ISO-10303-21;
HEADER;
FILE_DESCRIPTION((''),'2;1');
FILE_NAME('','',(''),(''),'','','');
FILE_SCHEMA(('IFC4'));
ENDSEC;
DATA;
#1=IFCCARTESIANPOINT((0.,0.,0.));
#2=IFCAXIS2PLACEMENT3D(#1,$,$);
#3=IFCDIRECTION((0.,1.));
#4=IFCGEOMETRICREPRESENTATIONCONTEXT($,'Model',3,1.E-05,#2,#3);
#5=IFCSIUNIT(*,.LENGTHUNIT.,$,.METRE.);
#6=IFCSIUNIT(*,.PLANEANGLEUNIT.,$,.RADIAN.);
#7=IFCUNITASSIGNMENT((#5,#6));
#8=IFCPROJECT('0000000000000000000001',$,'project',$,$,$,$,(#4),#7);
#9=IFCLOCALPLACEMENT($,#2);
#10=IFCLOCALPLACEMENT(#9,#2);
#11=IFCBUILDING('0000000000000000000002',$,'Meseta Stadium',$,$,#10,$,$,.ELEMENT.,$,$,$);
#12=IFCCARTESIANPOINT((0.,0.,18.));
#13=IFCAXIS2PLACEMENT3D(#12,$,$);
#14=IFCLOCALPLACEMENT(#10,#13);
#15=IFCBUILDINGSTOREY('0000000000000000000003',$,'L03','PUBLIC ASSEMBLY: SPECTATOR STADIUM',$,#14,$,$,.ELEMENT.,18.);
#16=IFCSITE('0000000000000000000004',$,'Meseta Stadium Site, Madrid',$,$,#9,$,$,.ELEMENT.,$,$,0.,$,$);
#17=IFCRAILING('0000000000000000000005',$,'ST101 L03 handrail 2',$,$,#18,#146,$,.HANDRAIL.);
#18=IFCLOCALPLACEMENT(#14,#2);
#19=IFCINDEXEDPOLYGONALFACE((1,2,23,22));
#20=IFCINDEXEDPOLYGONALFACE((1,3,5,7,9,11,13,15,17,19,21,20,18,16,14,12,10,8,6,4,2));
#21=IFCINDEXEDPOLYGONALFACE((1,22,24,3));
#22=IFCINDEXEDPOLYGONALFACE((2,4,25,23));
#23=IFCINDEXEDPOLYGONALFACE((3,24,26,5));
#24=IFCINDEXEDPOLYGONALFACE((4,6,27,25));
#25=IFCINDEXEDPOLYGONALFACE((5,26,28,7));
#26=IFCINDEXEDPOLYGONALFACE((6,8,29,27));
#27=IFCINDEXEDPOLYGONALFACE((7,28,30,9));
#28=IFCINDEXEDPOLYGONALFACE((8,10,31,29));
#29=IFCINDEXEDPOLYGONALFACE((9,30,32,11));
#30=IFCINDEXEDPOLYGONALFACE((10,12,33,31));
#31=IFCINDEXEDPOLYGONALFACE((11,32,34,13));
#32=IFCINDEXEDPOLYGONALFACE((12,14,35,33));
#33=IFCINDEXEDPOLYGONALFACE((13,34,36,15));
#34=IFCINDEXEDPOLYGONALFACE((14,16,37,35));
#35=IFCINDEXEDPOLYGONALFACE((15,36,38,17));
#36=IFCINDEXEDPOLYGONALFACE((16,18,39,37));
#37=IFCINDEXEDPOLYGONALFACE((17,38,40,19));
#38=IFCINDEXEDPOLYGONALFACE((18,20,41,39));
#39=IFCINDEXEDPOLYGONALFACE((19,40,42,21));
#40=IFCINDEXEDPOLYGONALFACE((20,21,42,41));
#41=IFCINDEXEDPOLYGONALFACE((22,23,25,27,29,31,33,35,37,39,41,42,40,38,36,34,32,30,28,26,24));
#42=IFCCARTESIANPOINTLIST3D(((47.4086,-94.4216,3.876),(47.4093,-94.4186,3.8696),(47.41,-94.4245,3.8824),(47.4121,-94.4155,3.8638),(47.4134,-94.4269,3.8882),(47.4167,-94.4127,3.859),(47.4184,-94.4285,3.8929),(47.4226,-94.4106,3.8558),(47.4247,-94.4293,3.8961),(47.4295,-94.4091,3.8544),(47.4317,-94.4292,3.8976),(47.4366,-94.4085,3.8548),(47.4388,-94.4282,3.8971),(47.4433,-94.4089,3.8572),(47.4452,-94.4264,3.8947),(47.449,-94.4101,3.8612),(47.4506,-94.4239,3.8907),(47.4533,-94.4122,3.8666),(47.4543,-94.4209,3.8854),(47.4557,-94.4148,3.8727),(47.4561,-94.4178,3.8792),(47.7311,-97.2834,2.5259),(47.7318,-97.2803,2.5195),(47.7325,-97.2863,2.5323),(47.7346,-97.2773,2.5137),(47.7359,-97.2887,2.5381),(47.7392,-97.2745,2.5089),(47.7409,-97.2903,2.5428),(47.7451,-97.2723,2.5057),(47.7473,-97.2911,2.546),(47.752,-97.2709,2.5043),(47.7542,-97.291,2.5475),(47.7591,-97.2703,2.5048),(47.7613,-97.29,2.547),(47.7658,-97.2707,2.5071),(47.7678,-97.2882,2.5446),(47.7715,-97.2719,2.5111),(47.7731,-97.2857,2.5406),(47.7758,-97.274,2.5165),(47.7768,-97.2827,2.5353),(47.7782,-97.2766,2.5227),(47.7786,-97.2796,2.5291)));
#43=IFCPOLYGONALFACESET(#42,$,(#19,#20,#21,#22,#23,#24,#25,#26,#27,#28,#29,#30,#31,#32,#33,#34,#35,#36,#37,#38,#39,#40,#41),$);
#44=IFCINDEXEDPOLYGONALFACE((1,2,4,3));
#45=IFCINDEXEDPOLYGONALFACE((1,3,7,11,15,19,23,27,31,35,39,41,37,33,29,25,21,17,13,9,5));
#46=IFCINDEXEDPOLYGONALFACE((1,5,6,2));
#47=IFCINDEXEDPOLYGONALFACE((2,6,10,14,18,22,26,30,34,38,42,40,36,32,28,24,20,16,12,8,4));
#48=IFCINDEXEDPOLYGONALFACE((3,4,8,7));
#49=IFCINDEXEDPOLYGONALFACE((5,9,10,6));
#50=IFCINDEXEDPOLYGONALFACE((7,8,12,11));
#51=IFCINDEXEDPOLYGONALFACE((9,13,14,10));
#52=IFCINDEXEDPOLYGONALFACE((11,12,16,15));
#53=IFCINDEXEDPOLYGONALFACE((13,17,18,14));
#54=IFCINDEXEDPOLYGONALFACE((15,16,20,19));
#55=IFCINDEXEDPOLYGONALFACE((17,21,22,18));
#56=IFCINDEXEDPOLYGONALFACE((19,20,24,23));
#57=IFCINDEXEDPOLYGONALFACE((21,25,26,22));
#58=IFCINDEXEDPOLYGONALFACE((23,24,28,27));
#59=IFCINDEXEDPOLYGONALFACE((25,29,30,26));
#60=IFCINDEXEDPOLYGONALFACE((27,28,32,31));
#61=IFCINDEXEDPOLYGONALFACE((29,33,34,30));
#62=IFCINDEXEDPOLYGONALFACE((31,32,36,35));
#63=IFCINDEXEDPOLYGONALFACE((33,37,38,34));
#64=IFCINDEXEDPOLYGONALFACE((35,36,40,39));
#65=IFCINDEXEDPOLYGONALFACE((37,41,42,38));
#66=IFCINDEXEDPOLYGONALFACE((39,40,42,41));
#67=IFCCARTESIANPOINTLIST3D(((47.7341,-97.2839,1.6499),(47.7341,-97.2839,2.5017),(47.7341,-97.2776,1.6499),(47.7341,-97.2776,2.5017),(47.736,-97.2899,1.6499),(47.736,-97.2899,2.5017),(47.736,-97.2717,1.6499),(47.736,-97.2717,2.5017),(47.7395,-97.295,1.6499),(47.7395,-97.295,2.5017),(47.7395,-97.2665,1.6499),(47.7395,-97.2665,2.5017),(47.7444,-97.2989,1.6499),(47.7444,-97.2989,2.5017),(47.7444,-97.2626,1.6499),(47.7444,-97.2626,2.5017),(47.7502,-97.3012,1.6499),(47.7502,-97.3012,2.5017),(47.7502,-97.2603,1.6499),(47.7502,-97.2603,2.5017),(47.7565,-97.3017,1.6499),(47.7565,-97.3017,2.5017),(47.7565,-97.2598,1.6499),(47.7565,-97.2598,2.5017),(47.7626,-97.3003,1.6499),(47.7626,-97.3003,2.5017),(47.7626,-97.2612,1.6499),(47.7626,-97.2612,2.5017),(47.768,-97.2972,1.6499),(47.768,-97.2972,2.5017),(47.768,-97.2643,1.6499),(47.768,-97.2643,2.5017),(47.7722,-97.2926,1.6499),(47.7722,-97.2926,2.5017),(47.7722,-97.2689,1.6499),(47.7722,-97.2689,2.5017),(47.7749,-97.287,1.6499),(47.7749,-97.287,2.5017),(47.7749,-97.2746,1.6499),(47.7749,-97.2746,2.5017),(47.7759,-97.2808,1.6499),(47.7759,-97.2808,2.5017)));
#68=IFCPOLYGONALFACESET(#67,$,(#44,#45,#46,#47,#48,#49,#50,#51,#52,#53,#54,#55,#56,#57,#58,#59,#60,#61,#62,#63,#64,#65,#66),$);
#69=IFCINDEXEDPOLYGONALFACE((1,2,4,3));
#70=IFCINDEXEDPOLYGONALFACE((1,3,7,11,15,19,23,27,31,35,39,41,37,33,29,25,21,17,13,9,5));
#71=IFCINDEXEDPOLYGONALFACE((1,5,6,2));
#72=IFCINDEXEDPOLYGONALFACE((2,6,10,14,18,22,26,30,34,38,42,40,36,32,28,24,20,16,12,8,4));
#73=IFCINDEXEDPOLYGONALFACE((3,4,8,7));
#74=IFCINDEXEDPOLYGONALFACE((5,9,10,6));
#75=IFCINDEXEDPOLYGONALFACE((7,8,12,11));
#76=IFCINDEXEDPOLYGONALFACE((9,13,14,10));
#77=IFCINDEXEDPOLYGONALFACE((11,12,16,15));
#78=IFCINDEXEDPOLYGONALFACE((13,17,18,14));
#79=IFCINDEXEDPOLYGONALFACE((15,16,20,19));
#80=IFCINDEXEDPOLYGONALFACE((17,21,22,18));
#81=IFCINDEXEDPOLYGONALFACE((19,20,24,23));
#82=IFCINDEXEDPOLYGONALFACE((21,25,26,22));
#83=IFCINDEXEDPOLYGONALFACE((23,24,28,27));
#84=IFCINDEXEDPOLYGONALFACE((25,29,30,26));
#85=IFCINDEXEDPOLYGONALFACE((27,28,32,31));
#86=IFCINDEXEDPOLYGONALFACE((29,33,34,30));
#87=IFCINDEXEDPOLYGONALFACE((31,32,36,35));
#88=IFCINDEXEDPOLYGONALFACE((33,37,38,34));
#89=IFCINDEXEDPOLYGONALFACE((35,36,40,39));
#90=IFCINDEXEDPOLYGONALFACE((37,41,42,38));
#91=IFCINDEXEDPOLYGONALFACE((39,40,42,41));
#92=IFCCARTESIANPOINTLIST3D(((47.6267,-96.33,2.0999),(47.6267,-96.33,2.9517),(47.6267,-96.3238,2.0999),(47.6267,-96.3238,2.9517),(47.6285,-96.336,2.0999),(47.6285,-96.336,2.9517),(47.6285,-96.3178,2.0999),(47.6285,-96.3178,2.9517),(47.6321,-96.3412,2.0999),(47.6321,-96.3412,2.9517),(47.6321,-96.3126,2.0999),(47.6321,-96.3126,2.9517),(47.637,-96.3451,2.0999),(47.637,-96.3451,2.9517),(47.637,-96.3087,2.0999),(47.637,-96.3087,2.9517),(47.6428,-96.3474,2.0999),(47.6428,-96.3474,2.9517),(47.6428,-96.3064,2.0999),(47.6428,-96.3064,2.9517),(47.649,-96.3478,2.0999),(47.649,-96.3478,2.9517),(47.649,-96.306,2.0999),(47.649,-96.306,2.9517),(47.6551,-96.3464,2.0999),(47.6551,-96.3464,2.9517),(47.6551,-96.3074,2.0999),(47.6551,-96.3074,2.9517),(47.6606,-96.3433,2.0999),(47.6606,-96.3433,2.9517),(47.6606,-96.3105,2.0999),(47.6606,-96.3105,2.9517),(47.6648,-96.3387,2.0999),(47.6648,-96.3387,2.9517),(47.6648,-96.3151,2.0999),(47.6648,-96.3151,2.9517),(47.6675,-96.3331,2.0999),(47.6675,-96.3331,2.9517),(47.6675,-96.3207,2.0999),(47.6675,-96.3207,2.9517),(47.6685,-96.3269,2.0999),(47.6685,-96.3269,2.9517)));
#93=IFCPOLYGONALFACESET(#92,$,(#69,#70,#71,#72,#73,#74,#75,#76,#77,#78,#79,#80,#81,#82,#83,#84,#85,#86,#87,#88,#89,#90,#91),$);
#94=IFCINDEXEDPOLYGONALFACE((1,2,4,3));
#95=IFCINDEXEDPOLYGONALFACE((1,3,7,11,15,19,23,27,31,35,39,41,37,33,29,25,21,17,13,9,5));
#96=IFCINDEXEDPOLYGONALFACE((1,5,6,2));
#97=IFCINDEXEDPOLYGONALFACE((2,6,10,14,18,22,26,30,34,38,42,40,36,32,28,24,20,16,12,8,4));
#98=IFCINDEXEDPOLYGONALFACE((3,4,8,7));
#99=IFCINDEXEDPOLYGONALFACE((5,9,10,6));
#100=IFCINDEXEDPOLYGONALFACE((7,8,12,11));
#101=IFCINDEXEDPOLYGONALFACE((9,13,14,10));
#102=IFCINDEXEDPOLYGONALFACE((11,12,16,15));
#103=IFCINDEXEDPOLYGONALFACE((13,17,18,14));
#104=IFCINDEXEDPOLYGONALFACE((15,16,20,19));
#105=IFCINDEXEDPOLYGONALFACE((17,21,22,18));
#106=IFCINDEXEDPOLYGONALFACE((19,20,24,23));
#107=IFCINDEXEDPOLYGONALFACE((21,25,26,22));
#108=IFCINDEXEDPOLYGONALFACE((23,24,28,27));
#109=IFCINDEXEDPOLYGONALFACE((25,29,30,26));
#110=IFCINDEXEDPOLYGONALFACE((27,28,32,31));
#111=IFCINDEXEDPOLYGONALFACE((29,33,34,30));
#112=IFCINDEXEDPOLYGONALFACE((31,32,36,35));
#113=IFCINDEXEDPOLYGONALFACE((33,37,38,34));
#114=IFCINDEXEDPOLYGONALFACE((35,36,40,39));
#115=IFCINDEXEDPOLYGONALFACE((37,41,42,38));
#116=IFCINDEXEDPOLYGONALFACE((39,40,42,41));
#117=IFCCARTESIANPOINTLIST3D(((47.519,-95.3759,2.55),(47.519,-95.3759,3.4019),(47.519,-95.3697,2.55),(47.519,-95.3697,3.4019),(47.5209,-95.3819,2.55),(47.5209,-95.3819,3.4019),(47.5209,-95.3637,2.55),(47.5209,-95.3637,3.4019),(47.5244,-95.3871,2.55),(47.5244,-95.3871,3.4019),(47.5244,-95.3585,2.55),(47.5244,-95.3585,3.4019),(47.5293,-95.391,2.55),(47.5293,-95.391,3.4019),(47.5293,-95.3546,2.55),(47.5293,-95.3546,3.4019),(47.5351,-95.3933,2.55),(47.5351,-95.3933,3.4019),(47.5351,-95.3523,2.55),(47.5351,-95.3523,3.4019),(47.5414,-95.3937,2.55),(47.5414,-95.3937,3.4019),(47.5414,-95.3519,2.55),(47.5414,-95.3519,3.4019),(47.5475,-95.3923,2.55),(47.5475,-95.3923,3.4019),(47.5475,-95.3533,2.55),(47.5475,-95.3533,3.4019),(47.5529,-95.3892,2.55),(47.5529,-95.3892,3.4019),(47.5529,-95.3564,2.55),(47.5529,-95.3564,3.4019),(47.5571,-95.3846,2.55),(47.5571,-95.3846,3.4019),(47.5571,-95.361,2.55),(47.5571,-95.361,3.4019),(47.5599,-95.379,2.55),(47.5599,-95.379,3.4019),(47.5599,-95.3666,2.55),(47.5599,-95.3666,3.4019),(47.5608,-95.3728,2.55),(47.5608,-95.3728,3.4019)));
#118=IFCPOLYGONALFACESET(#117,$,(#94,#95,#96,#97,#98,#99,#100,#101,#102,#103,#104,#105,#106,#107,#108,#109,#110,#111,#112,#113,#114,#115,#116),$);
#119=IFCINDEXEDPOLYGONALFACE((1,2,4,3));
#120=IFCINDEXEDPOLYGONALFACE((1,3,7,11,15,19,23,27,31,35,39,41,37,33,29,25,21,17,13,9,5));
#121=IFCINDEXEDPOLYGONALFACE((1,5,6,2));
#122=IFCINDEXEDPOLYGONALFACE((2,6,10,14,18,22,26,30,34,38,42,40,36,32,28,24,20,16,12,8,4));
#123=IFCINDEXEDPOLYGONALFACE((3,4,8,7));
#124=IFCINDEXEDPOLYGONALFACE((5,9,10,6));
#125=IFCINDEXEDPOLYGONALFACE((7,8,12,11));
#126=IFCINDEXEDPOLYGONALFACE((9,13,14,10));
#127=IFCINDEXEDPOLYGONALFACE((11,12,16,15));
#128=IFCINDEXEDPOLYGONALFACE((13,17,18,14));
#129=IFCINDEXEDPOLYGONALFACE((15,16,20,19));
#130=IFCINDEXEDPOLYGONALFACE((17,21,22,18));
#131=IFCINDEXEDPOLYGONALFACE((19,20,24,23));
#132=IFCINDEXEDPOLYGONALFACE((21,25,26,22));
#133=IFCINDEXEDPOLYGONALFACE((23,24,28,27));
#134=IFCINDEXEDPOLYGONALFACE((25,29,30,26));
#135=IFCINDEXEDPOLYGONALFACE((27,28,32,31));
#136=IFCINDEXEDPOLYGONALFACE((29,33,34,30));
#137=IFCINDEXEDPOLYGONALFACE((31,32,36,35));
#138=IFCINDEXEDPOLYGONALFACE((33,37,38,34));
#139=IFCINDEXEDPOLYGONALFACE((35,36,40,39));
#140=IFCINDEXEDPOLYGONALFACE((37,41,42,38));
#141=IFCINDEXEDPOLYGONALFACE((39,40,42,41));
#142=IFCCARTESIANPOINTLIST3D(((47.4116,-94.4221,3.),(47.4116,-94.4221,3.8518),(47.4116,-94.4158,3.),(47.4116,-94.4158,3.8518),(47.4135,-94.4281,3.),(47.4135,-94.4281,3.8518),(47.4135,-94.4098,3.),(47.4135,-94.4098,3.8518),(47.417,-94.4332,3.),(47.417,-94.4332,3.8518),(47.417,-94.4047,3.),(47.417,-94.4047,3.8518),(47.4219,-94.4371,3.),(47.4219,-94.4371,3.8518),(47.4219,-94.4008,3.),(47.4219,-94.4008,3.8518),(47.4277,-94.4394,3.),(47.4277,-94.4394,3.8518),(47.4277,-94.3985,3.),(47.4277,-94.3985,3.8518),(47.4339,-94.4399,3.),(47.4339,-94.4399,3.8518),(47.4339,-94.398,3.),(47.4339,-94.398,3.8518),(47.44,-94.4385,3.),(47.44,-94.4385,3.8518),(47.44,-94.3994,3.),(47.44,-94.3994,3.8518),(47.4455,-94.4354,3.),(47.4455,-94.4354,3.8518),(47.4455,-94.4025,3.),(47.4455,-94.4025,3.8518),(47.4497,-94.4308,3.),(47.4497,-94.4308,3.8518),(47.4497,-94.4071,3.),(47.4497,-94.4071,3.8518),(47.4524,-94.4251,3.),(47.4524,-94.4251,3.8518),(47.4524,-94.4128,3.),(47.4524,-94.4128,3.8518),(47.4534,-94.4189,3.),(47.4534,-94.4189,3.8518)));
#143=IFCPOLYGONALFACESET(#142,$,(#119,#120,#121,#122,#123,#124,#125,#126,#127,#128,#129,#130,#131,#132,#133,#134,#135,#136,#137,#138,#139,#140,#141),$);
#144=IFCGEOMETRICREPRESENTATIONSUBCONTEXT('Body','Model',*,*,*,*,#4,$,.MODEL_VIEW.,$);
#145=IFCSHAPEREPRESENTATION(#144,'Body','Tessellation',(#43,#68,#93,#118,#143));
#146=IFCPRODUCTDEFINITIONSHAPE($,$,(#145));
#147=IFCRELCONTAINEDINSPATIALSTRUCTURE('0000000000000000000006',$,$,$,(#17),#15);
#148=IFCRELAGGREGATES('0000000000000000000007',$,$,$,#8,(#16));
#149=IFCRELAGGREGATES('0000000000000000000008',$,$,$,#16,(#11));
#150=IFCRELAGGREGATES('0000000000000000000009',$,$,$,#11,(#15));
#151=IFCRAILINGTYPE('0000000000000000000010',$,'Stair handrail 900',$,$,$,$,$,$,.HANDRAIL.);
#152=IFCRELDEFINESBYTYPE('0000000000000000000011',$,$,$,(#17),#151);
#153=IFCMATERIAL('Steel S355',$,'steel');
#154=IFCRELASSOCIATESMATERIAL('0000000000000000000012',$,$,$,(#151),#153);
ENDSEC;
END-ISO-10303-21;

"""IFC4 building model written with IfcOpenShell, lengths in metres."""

from ifc_helpers import new_model, si_unit, direction, frame, origin, origin_2d, place, context, subcontext, project, spatial, circle, extrude, material, type_object, element, save


model = new_model("IFC4")

# Units and contexts
model_context = context("Model", 3, precision=1e-05, world=origin(), true_north=direction((0.0, 1.0)))
body_context = subcontext(model_context, "Body", "Model", "MODEL_VIEW")
ifc_project = project(units=[si_unit("LENGTHUNIT", "METRE"), si_unit("PLANEANGLEUNIT", "RADIAN")], contexts=[model_context])

# Site, building, storey
site_placement = place(None, origin())
site = spatial("IfcSite", under=ifc_project, at=site_placement, Name="Meseta Stadium Site, Madrid", CompositionType="ELEMENT", RefElevation=0.0)
building_placement = place(site_placement, origin())
building = spatial("IfcBuilding", under=site, at=building_placement, Name="Meseta Stadium", CompositionType="ELEMENT")
storey_placement = place(building_placement, frame((0.0, 0.0, 18.0)))
storey = spatial("IfcBuildingStorey", under=building, at=storey_placement, Name="L03", Description="PUBLIC ASSEMBLY: SPECTATOR STADIUM", CompositionType="ELEMENT", Elevation=18.0)

# Railing
ifc_material_1 = material(Name="Steel S355", Category="steel")
railing_type_1 = type_object("IfcRailingType", Name="Stair handrail 900", PredefinedType="HANDRAIL", material=ifc_material_1)
for number, where, name in (
    (1, (47.7549, -97.2808, 1.6499), "ST101 L03 handrail 2"),
):
    element("IfcRailing", number, at=place(storey_placement, frame(where)), inside=storey, type_object=railing_type_1, Name=name, PredefinedType="HANDRAIL", context=body_context, shape_type="SweptSolid", body=[
        extrude(circle(Radius=0.0239, at=origin_2d()), frame((0.0, 0.0, 0.876), z_axis=(-0.101396, 0.899748, 0.424467), x_axis=(-0.99371, -0.111985, 0.0)), (0.0, 0.0, 1.0), 3.1807),
        extrude(circle(Radius=0.021, at=origin_2d()), origin(), (0.0, 0.0, 1.0), 0.8518),
        extrude(circle(Radius=0.021, at=origin_2d()), frame((-0.1074, 0.9539, 0.45)), (0.0, 0.0, 1.0), 0.8518),
        extrude(circle(Radius=0.021, at=origin_2d()), frame((-0.2151, 1.908, 0.9001)), (0.0, 0.0, 1.0), 0.8518),
        extrude(circle(Radius=0.021, at=origin_2d()), frame((-0.3225, 2.8618, 1.3501)), (0.0, 0.0, 1.0), 0.8518),
    ])

save(model, "model.ifc")
